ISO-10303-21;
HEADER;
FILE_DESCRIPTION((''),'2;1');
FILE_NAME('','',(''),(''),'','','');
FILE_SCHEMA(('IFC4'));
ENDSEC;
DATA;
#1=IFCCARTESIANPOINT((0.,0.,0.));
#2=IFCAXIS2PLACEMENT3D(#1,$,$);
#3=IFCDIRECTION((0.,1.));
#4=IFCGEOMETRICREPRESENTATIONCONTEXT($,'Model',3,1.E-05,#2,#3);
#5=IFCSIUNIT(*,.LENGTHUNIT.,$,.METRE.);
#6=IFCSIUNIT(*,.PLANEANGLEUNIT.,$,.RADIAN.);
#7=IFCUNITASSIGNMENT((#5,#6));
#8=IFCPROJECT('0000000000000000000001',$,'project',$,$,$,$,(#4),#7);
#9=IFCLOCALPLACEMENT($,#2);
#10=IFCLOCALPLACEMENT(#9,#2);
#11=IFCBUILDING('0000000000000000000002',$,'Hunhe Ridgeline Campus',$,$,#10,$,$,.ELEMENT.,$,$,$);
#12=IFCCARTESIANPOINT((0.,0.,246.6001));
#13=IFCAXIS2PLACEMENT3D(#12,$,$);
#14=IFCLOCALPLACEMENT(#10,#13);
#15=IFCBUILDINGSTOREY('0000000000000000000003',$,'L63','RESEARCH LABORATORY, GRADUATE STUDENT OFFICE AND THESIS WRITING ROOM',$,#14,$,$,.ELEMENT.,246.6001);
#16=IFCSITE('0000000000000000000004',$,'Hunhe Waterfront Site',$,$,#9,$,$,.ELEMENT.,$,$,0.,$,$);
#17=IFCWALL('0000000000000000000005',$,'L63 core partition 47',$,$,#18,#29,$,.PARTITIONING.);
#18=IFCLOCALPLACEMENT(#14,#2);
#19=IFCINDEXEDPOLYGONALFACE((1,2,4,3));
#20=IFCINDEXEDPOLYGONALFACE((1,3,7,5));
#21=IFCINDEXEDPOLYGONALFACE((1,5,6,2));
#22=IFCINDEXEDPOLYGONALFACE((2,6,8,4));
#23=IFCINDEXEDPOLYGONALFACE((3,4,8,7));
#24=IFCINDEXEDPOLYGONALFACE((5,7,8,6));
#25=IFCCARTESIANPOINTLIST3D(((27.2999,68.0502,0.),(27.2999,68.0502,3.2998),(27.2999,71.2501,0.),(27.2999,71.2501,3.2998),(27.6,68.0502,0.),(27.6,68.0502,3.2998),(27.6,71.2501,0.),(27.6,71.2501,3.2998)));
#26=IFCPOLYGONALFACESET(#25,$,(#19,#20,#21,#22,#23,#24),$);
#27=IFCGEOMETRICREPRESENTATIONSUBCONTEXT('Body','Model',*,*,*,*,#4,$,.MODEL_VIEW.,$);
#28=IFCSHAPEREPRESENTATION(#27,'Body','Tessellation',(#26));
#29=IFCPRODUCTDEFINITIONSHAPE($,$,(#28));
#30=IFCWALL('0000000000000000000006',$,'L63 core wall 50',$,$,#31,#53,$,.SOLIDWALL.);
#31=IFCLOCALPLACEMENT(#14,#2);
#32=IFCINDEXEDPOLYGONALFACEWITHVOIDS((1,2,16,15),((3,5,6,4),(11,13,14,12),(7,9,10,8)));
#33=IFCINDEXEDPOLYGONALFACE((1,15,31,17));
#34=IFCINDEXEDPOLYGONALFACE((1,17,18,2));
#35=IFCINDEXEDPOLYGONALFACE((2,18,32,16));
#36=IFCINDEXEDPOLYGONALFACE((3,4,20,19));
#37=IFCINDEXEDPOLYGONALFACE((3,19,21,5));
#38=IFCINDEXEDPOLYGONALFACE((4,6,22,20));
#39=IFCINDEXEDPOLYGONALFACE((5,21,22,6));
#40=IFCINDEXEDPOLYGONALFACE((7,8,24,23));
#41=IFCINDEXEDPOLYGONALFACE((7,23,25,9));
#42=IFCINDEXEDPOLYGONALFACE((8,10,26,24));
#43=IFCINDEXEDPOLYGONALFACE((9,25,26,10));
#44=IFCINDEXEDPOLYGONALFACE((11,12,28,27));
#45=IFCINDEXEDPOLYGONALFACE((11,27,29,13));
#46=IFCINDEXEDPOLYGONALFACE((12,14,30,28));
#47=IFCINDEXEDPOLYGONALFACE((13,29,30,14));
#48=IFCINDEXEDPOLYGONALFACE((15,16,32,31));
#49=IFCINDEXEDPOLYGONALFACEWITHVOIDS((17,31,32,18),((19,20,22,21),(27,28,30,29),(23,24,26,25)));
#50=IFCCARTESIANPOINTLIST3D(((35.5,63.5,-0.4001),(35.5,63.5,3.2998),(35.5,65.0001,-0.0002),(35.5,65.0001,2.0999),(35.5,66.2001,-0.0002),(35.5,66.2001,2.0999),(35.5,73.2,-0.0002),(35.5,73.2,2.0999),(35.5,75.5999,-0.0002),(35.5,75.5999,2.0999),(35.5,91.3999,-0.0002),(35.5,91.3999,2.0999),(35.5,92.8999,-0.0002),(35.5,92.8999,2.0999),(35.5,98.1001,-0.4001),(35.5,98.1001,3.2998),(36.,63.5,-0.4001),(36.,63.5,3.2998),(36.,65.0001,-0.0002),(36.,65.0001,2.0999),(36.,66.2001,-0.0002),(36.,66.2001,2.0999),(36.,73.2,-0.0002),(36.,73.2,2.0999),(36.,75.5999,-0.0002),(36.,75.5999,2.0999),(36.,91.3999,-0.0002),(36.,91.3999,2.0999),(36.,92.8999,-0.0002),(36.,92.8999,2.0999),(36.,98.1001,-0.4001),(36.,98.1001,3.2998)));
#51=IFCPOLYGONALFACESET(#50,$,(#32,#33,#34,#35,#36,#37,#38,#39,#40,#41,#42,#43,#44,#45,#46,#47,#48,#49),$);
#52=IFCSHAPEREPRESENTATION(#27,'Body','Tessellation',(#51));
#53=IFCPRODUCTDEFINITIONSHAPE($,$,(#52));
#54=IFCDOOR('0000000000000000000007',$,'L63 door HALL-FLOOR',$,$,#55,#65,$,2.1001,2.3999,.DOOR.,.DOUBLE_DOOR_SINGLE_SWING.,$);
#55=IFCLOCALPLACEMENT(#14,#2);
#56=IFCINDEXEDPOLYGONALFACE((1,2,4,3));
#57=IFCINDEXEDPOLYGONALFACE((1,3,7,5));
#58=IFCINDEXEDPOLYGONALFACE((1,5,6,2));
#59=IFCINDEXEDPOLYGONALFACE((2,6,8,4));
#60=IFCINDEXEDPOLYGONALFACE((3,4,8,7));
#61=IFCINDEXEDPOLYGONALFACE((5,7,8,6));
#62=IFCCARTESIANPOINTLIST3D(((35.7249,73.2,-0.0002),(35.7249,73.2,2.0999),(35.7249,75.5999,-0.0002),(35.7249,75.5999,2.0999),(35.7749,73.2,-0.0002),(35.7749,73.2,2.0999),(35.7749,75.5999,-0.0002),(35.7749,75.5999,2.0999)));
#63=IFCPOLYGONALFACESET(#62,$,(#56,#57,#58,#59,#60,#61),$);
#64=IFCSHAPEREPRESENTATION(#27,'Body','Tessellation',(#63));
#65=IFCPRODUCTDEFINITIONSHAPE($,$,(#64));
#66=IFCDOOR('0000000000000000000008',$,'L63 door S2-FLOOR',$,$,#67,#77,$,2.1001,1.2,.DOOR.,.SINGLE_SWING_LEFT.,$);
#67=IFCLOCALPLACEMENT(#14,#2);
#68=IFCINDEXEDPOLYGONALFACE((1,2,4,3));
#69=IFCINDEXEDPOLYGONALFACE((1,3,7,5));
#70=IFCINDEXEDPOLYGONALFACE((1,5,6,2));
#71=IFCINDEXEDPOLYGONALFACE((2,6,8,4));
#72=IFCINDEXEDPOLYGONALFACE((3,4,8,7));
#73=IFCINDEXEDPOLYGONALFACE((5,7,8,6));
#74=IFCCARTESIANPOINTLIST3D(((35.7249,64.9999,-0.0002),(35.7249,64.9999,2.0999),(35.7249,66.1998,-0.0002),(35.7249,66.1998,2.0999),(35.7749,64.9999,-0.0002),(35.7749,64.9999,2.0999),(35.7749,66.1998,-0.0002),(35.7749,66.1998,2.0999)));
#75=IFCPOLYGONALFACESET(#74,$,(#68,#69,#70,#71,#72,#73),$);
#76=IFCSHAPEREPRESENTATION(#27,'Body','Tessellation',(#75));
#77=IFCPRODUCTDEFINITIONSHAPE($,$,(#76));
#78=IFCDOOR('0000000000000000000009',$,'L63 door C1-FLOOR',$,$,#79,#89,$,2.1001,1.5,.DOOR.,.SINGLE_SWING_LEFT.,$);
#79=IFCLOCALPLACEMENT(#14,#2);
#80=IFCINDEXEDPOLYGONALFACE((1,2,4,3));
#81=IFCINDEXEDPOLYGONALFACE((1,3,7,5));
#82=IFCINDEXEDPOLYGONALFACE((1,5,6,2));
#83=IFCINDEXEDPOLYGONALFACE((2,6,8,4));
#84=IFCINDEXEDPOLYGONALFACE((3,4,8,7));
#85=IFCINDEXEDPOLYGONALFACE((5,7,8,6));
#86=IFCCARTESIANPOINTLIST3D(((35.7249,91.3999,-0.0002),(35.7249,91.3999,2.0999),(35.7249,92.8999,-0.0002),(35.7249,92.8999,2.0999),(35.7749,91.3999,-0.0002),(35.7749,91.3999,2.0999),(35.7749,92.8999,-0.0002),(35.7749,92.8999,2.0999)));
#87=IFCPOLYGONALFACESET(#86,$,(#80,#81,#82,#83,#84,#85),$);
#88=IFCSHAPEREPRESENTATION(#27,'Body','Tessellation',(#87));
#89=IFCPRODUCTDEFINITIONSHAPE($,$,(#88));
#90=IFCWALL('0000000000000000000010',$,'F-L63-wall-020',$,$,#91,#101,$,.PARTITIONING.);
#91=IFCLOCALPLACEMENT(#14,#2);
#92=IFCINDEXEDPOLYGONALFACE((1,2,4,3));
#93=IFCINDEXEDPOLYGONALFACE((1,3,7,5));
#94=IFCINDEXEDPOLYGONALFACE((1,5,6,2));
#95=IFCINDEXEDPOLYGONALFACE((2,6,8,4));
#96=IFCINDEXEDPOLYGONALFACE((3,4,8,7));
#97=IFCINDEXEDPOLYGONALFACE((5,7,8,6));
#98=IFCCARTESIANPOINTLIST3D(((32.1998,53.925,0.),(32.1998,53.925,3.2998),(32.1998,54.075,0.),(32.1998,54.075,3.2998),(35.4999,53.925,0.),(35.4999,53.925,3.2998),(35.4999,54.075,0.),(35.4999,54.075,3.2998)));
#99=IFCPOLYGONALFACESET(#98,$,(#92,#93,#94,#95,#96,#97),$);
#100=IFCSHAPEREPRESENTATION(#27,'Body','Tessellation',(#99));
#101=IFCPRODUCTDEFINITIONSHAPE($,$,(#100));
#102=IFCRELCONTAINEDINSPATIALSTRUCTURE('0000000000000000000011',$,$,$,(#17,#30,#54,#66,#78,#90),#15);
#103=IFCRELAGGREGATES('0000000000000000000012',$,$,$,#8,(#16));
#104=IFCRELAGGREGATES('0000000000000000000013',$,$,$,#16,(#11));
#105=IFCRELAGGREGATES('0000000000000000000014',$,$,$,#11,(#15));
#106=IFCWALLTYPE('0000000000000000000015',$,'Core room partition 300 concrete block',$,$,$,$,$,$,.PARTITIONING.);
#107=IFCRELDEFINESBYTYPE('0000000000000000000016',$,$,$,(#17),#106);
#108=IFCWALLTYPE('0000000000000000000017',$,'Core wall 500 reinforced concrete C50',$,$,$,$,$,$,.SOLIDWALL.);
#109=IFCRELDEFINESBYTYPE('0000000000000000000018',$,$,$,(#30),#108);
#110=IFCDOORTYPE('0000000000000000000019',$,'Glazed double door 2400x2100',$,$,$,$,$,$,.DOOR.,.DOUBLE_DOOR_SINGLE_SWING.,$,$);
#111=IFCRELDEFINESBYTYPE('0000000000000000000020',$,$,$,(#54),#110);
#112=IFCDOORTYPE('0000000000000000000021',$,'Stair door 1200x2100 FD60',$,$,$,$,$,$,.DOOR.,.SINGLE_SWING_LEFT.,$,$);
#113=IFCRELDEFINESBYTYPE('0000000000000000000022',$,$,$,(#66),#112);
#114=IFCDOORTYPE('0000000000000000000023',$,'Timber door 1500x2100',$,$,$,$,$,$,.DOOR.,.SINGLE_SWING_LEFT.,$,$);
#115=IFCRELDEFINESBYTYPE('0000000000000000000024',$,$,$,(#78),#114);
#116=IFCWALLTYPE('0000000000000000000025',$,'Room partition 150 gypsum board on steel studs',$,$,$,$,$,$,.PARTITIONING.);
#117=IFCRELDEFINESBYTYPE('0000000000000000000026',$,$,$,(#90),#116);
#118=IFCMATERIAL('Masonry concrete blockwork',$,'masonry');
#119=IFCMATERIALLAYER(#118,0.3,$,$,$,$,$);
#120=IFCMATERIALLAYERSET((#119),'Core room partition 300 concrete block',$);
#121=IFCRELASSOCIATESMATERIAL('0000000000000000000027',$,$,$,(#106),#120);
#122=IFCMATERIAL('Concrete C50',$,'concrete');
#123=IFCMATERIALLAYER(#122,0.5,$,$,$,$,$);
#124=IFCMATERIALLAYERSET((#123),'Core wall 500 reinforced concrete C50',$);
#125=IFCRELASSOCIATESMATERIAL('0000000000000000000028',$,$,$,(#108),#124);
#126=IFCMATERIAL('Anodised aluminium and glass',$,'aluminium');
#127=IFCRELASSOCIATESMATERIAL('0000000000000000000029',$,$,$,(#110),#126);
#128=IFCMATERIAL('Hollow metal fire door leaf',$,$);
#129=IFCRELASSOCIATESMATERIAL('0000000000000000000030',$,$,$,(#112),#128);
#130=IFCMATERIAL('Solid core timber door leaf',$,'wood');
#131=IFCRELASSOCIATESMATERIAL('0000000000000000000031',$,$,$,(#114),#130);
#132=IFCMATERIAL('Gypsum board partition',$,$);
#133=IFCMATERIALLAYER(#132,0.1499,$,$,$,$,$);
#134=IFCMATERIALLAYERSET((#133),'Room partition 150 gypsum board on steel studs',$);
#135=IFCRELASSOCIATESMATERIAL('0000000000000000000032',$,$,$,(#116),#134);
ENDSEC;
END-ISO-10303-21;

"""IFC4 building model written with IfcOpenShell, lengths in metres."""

from ifc_helpers import new_model, si_unit, direction, frame, frame_2d, origin, place, context, subcontext, project, spatial, rectangle, extrude, material, layer, layer_set, type_object, element, fill, save


model = new_model("IFC4")

# Units and contexts
model_context = context("Model", 3, precision=1e-05, world=origin(), true_north=direction((0.0, 1.0)))
body_context = subcontext(model_context, "Body", "Model", "MODEL_VIEW")
ifc_project = project(units=[si_unit("LENGTHUNIT", "METRE"), si_unit("PLANEANGLEUNIT", "RADIAN")], contexts=[model_context])

# Site, building, storey
site_placement = place(None, origin())
site = spatial("IfcSite", under=ifc_project, at=site_placement, Name="Hunhe Waterfront Site", CompositionType="ELEMENT", RefElevation=0.0)
building_placement = place(site_placement, origin())
building = spatial("IfcBuilding", under=site, at=building_placement, Name="Hunhe Ridgeline Campus", CompositionType="ELEMENT")
storey_placement = place(building_placement, frame((0.0, 0.0, 246.6001)))
storey = spatial("IfcBuildingStorey", under=building, at=storey_placement, Name="L63", Description="RESEARCH LABORATORY, GRADUATE STUDENT OFFICE AND THESIS WRITING ROOM", CompositionType="ELEMENT", Elevation=246.6001)

# Wall
ifc_material_1 = material(Name="Masonry concrete blockwork", Category="masonry")
ifc_layer_1 = layer(ifc_material_1, 0.3)
ifc_layer_set_1 = layer_set([ifc_layer_1], Name="Core room partition 300 concrete block")
wall_type_1 = type_object("IfcWallType", Name="Core room partition 300 concrete block", PredefinedType="PARTITIONING", material=ifc_layer_set_1)
wall_1_placement = place(storey_placement, frame((27.45, 68.05, 0.0), z_axis=(0.0, 0.0, 1.0), x_axis=(0.0, 1.0, 0.0)))
element("IfcWall", 1, at=wall_1_placement, inside=storey, type_object=wall_type_1, Name="L63 core partition 47", PredefinedType="PARTITIONING", context=body_context, shape_type="SweptSolid", body=[
    extrude(rectangle(XDim=3.2, YDim=0.3, at=frame_2d((1.6001, 0.0))), origin(), (0.0, 0.0, 1.0), 3.2998),
])

# Wall, openings, doors
ifc_material_2 = material(Name="Concrete C50", Category="concrete")
ifc_layer_2 = layer(ifc_material_2, 0.5)
ifc_layer_set_2 = layer_set([ifc_layer_2], Name="Core wall 500 reinforced concrete C50")
wall_type_2 = type_object("IfcWallType", Name="Core wall 500 reinforced concrete C50", PredefinedType="SOLIDWALL", material=ifc_layer_set_2)
wall_2_placement = place(storey_placement, frame((35.75, 63.5, -0.4001), z_axis=(0.0, 0.0, 1.0), x_axis=(0.0, 1.0, 0.0)))
wall_2 = element("IfcWall", 2, at=wall_2_placement, inside=storey, type_object=wall_type_2, Name="L63 core wall 50", PredefinedType="SOLIDWALL", context=body_context, shape_type="SweptSolid", body=[
    extrude(rectangle(XDim=34.6001, YDim=0.5, at=frame_2d((17.3, 0.0))), origin(), (0.0, 0.0, 1.0), 3.7),
])
opening_1_placement = place(wall_2_placement, frame((9.7, 0.0, 0.3999)))
opening_1 = element("IfcOpeningElement", 3, at=opening_1_placement, cuts=wall_2, PredefinedType="OPENING", context=body_context, shape_type="SweptSolid", body=[
    extrude(rectangle(XDim=2.3999, YDim=2.1001, at=frame_2d((1.2, 1.05))), frame((0.0, 0.25, 0.0), z_axis=(0.0, -1.0, 0.0), x_axis=(1.0, 0.0, 0.0)), (0.0, 0.0, 1.0), 0.5),
])
opening_2_placement = place(wall_2_placement, frame((27.8999, 0.0, 0.3999)))
opening_2 = element("IfcOpeningElement", 4, at=opening_2_placement, cuts=wall_2, PredefinedType="OPENING", context=body_context, shape_type="SweptSolid", body=[
    extrude(rectangle(XDim=1.5, YDim=2.1001, at=frame_2d((0.75, 1.05))), frame((0.0, 0.25, 0.0), z_axis=(0.0, -1.0, 0.0), x_axis=(1.0, 0.0, 0.0)), (0.0, 0.0, 1.0), 0.5),
])
opening_3_placement = place(wall_2_placement, frame((1.5, 0.0, 0.3999)))
opening_3 = element("IfcOpeningElement", 5, at=opening_3_placement, cuts=wall_2, PredefinedType="OPENING", context=body_context, shape_type="SweptSolid", body=[
    extrude(rectangle(XDim=1.2, YDim=2.1001, at=frame_2d((0.6001, 1.05))), frame((0.0, 0.25, 0.0), z_axis=(0.0, -1.0, 0.0), x_axis=(1.0, 0.0, 0.0)), (0.0, 0.0, 1.0), 0.5),
])
ifc_material_3 = material(Name="Anodised aluminium and glass", Category="aluminium")
door_type_1 = type_object("IfcDoorType", Name="Glazed double door 2400x2100", OperationType="DOUBLE_DOOR_SINGLE_SWING", PredefinedType="DOOR", material=ifc_material_3)
door_1_placement = place(opening_1_placement, frame((2.3999, 0.0, 0.0), z_axis=(0.0, 0.0, 1.0), x_axis=(-1.0, 0.0, 0.0)))
door_1 = element("IfcDoor", 6, at=door_1_placement, inside=storey, type_object=door_type_1, Name="L63 door HALL-FLOOR", OperationType="DOUBLE_DOOR_SINGLE_SWING", OverallHeight=2.1001, OverallWidth=2.3999, PredefinedType="DOOR", context=body_context, shape_type="SweptSolid", body=[
    extrude(rectangle(XDim=2.3999, YDim=2.1001, at=frame_2d((1.2, 1.05))), frame((0.0, 0.0249, 0.0), z_axis=(0.0, -1.0, 0.0), x_axis=(1.0, 0.0, 0.0)), (0.0, 0.0, 1.0), 0.05),
])
fill(opening_1, door_1)
ifc_material_4 = material(Name="Hollow metal fire door leaf")
door_type_2 = type_object("IfcDoorType", Name="Stair door 1200x2100 FD60", OperationType="SINGLE_SWING_LEFT", PredefinedType="DOOR", material=ifc_material_4)
door_2_placement = place(opening_3_placement, frame((1.2, 0.0, 0.0), z_axis=(0.0, 0.0, 1.0), x_axis=(-1.0, 0.0, 0.0)))
door_2 = element("IfcDoor", 7, at=door_2_placement, inside=storey, type_object=door_type_2, Name="L63 door S2-FLOOR", OperationType="SINGLE_SWING_LEFT", OverallHeight=2.1001, OverallWidth=1.2, PredefinedType="DOOR", context=body_context, shape_type="SweptSolid", body=[
    extrude(rectangle(XDim=1.2, YDim=2.1001, at=frame_2d((0.6001, 1.05))), frame((0.0, 0.0249, 0.0), z_axis=(0.0, -1.0, 0.0), x_axis=(1.0, 0.0, 0.0)), (0.0, 0.0, 1.0), 0.05),
])
fill(opening_3, door_2)
ifc_material_5 = material(Name="Solid core timber door leaf", Category="wood")
door_type_3 = type_object("IfcDoorType", Name="Timber door 1500x2100", OperationType="SINGLE_SWING_LEFT", PredefinedType="DOOR", material=ifc_material_5)
door_3_placement = place(opening_2_placement, frame((1.5, 0.0, 0.0), z_axis=(0.0, 0.0, 1.0), x_axis=(-1.0, 0.0, 0.0)))
door_3 = element("IfcDoor", 8, at=door_3_placement, inside=storey, type_object=door_type_3, Name="L63 door C1-FLOOR", OperationType="SINGLE_SWING_LEFT", OverallHeight=2.1001, OverallWidth=1.5, PredefinedType="DOOR", context=body_context, shape_type="SweptSolid", body=[
    extrude(rectangle(XDim=1.5, YDim=2.1001, at=frame_2d((0.75, 1.05))), frame((0.0, 0.0249, 0.0), z_axis=(0.0, -1.0, 0.0), x_axis=(1.0, 0.0, 0.0)), (0.0, 0.0, 1.0), 0.05),
])
fill(opening_2, door_3)

# Shared definitions
ifc_material_6 = material(Name="Gypsum board partition")

# Wall
ifc_layer_3 = layer(ifc_material_6, 0.1499)
ifc_layer_set_3 = layer_set([ifc_layer_3], Name="Room partition 150 gypsum board on steel studs")
wall_type_3 = type_object("IfcWallType", Name="Room partition 150 gypsum board on steel studs", PredefinedType="PARTITIONING", material=ifc_layer_set_3)
wall_3_placement = place(storey_placement, frame((32.2, 54.0, 0.0), z_axis=(0.0, 0.0, 1.0), x_axis=(1.0, 0.0, 0.0)))
element("IfcWall", 9, at=wall_3_placement, inside=storey, type_object=wall_type_3, Name="F-L63-wall-020", PredefinedType="PARTITIONING", context=body_context, shape_type="SweptSolid", body=[
    extrude(rectangle(XDim=3.3, YDim=0.1499, at=frame_2d((1.6499, 0.0))), origin(), (0.0, 0.0, 1.0), 3.2998),
])

save(model, "model.ifc")
